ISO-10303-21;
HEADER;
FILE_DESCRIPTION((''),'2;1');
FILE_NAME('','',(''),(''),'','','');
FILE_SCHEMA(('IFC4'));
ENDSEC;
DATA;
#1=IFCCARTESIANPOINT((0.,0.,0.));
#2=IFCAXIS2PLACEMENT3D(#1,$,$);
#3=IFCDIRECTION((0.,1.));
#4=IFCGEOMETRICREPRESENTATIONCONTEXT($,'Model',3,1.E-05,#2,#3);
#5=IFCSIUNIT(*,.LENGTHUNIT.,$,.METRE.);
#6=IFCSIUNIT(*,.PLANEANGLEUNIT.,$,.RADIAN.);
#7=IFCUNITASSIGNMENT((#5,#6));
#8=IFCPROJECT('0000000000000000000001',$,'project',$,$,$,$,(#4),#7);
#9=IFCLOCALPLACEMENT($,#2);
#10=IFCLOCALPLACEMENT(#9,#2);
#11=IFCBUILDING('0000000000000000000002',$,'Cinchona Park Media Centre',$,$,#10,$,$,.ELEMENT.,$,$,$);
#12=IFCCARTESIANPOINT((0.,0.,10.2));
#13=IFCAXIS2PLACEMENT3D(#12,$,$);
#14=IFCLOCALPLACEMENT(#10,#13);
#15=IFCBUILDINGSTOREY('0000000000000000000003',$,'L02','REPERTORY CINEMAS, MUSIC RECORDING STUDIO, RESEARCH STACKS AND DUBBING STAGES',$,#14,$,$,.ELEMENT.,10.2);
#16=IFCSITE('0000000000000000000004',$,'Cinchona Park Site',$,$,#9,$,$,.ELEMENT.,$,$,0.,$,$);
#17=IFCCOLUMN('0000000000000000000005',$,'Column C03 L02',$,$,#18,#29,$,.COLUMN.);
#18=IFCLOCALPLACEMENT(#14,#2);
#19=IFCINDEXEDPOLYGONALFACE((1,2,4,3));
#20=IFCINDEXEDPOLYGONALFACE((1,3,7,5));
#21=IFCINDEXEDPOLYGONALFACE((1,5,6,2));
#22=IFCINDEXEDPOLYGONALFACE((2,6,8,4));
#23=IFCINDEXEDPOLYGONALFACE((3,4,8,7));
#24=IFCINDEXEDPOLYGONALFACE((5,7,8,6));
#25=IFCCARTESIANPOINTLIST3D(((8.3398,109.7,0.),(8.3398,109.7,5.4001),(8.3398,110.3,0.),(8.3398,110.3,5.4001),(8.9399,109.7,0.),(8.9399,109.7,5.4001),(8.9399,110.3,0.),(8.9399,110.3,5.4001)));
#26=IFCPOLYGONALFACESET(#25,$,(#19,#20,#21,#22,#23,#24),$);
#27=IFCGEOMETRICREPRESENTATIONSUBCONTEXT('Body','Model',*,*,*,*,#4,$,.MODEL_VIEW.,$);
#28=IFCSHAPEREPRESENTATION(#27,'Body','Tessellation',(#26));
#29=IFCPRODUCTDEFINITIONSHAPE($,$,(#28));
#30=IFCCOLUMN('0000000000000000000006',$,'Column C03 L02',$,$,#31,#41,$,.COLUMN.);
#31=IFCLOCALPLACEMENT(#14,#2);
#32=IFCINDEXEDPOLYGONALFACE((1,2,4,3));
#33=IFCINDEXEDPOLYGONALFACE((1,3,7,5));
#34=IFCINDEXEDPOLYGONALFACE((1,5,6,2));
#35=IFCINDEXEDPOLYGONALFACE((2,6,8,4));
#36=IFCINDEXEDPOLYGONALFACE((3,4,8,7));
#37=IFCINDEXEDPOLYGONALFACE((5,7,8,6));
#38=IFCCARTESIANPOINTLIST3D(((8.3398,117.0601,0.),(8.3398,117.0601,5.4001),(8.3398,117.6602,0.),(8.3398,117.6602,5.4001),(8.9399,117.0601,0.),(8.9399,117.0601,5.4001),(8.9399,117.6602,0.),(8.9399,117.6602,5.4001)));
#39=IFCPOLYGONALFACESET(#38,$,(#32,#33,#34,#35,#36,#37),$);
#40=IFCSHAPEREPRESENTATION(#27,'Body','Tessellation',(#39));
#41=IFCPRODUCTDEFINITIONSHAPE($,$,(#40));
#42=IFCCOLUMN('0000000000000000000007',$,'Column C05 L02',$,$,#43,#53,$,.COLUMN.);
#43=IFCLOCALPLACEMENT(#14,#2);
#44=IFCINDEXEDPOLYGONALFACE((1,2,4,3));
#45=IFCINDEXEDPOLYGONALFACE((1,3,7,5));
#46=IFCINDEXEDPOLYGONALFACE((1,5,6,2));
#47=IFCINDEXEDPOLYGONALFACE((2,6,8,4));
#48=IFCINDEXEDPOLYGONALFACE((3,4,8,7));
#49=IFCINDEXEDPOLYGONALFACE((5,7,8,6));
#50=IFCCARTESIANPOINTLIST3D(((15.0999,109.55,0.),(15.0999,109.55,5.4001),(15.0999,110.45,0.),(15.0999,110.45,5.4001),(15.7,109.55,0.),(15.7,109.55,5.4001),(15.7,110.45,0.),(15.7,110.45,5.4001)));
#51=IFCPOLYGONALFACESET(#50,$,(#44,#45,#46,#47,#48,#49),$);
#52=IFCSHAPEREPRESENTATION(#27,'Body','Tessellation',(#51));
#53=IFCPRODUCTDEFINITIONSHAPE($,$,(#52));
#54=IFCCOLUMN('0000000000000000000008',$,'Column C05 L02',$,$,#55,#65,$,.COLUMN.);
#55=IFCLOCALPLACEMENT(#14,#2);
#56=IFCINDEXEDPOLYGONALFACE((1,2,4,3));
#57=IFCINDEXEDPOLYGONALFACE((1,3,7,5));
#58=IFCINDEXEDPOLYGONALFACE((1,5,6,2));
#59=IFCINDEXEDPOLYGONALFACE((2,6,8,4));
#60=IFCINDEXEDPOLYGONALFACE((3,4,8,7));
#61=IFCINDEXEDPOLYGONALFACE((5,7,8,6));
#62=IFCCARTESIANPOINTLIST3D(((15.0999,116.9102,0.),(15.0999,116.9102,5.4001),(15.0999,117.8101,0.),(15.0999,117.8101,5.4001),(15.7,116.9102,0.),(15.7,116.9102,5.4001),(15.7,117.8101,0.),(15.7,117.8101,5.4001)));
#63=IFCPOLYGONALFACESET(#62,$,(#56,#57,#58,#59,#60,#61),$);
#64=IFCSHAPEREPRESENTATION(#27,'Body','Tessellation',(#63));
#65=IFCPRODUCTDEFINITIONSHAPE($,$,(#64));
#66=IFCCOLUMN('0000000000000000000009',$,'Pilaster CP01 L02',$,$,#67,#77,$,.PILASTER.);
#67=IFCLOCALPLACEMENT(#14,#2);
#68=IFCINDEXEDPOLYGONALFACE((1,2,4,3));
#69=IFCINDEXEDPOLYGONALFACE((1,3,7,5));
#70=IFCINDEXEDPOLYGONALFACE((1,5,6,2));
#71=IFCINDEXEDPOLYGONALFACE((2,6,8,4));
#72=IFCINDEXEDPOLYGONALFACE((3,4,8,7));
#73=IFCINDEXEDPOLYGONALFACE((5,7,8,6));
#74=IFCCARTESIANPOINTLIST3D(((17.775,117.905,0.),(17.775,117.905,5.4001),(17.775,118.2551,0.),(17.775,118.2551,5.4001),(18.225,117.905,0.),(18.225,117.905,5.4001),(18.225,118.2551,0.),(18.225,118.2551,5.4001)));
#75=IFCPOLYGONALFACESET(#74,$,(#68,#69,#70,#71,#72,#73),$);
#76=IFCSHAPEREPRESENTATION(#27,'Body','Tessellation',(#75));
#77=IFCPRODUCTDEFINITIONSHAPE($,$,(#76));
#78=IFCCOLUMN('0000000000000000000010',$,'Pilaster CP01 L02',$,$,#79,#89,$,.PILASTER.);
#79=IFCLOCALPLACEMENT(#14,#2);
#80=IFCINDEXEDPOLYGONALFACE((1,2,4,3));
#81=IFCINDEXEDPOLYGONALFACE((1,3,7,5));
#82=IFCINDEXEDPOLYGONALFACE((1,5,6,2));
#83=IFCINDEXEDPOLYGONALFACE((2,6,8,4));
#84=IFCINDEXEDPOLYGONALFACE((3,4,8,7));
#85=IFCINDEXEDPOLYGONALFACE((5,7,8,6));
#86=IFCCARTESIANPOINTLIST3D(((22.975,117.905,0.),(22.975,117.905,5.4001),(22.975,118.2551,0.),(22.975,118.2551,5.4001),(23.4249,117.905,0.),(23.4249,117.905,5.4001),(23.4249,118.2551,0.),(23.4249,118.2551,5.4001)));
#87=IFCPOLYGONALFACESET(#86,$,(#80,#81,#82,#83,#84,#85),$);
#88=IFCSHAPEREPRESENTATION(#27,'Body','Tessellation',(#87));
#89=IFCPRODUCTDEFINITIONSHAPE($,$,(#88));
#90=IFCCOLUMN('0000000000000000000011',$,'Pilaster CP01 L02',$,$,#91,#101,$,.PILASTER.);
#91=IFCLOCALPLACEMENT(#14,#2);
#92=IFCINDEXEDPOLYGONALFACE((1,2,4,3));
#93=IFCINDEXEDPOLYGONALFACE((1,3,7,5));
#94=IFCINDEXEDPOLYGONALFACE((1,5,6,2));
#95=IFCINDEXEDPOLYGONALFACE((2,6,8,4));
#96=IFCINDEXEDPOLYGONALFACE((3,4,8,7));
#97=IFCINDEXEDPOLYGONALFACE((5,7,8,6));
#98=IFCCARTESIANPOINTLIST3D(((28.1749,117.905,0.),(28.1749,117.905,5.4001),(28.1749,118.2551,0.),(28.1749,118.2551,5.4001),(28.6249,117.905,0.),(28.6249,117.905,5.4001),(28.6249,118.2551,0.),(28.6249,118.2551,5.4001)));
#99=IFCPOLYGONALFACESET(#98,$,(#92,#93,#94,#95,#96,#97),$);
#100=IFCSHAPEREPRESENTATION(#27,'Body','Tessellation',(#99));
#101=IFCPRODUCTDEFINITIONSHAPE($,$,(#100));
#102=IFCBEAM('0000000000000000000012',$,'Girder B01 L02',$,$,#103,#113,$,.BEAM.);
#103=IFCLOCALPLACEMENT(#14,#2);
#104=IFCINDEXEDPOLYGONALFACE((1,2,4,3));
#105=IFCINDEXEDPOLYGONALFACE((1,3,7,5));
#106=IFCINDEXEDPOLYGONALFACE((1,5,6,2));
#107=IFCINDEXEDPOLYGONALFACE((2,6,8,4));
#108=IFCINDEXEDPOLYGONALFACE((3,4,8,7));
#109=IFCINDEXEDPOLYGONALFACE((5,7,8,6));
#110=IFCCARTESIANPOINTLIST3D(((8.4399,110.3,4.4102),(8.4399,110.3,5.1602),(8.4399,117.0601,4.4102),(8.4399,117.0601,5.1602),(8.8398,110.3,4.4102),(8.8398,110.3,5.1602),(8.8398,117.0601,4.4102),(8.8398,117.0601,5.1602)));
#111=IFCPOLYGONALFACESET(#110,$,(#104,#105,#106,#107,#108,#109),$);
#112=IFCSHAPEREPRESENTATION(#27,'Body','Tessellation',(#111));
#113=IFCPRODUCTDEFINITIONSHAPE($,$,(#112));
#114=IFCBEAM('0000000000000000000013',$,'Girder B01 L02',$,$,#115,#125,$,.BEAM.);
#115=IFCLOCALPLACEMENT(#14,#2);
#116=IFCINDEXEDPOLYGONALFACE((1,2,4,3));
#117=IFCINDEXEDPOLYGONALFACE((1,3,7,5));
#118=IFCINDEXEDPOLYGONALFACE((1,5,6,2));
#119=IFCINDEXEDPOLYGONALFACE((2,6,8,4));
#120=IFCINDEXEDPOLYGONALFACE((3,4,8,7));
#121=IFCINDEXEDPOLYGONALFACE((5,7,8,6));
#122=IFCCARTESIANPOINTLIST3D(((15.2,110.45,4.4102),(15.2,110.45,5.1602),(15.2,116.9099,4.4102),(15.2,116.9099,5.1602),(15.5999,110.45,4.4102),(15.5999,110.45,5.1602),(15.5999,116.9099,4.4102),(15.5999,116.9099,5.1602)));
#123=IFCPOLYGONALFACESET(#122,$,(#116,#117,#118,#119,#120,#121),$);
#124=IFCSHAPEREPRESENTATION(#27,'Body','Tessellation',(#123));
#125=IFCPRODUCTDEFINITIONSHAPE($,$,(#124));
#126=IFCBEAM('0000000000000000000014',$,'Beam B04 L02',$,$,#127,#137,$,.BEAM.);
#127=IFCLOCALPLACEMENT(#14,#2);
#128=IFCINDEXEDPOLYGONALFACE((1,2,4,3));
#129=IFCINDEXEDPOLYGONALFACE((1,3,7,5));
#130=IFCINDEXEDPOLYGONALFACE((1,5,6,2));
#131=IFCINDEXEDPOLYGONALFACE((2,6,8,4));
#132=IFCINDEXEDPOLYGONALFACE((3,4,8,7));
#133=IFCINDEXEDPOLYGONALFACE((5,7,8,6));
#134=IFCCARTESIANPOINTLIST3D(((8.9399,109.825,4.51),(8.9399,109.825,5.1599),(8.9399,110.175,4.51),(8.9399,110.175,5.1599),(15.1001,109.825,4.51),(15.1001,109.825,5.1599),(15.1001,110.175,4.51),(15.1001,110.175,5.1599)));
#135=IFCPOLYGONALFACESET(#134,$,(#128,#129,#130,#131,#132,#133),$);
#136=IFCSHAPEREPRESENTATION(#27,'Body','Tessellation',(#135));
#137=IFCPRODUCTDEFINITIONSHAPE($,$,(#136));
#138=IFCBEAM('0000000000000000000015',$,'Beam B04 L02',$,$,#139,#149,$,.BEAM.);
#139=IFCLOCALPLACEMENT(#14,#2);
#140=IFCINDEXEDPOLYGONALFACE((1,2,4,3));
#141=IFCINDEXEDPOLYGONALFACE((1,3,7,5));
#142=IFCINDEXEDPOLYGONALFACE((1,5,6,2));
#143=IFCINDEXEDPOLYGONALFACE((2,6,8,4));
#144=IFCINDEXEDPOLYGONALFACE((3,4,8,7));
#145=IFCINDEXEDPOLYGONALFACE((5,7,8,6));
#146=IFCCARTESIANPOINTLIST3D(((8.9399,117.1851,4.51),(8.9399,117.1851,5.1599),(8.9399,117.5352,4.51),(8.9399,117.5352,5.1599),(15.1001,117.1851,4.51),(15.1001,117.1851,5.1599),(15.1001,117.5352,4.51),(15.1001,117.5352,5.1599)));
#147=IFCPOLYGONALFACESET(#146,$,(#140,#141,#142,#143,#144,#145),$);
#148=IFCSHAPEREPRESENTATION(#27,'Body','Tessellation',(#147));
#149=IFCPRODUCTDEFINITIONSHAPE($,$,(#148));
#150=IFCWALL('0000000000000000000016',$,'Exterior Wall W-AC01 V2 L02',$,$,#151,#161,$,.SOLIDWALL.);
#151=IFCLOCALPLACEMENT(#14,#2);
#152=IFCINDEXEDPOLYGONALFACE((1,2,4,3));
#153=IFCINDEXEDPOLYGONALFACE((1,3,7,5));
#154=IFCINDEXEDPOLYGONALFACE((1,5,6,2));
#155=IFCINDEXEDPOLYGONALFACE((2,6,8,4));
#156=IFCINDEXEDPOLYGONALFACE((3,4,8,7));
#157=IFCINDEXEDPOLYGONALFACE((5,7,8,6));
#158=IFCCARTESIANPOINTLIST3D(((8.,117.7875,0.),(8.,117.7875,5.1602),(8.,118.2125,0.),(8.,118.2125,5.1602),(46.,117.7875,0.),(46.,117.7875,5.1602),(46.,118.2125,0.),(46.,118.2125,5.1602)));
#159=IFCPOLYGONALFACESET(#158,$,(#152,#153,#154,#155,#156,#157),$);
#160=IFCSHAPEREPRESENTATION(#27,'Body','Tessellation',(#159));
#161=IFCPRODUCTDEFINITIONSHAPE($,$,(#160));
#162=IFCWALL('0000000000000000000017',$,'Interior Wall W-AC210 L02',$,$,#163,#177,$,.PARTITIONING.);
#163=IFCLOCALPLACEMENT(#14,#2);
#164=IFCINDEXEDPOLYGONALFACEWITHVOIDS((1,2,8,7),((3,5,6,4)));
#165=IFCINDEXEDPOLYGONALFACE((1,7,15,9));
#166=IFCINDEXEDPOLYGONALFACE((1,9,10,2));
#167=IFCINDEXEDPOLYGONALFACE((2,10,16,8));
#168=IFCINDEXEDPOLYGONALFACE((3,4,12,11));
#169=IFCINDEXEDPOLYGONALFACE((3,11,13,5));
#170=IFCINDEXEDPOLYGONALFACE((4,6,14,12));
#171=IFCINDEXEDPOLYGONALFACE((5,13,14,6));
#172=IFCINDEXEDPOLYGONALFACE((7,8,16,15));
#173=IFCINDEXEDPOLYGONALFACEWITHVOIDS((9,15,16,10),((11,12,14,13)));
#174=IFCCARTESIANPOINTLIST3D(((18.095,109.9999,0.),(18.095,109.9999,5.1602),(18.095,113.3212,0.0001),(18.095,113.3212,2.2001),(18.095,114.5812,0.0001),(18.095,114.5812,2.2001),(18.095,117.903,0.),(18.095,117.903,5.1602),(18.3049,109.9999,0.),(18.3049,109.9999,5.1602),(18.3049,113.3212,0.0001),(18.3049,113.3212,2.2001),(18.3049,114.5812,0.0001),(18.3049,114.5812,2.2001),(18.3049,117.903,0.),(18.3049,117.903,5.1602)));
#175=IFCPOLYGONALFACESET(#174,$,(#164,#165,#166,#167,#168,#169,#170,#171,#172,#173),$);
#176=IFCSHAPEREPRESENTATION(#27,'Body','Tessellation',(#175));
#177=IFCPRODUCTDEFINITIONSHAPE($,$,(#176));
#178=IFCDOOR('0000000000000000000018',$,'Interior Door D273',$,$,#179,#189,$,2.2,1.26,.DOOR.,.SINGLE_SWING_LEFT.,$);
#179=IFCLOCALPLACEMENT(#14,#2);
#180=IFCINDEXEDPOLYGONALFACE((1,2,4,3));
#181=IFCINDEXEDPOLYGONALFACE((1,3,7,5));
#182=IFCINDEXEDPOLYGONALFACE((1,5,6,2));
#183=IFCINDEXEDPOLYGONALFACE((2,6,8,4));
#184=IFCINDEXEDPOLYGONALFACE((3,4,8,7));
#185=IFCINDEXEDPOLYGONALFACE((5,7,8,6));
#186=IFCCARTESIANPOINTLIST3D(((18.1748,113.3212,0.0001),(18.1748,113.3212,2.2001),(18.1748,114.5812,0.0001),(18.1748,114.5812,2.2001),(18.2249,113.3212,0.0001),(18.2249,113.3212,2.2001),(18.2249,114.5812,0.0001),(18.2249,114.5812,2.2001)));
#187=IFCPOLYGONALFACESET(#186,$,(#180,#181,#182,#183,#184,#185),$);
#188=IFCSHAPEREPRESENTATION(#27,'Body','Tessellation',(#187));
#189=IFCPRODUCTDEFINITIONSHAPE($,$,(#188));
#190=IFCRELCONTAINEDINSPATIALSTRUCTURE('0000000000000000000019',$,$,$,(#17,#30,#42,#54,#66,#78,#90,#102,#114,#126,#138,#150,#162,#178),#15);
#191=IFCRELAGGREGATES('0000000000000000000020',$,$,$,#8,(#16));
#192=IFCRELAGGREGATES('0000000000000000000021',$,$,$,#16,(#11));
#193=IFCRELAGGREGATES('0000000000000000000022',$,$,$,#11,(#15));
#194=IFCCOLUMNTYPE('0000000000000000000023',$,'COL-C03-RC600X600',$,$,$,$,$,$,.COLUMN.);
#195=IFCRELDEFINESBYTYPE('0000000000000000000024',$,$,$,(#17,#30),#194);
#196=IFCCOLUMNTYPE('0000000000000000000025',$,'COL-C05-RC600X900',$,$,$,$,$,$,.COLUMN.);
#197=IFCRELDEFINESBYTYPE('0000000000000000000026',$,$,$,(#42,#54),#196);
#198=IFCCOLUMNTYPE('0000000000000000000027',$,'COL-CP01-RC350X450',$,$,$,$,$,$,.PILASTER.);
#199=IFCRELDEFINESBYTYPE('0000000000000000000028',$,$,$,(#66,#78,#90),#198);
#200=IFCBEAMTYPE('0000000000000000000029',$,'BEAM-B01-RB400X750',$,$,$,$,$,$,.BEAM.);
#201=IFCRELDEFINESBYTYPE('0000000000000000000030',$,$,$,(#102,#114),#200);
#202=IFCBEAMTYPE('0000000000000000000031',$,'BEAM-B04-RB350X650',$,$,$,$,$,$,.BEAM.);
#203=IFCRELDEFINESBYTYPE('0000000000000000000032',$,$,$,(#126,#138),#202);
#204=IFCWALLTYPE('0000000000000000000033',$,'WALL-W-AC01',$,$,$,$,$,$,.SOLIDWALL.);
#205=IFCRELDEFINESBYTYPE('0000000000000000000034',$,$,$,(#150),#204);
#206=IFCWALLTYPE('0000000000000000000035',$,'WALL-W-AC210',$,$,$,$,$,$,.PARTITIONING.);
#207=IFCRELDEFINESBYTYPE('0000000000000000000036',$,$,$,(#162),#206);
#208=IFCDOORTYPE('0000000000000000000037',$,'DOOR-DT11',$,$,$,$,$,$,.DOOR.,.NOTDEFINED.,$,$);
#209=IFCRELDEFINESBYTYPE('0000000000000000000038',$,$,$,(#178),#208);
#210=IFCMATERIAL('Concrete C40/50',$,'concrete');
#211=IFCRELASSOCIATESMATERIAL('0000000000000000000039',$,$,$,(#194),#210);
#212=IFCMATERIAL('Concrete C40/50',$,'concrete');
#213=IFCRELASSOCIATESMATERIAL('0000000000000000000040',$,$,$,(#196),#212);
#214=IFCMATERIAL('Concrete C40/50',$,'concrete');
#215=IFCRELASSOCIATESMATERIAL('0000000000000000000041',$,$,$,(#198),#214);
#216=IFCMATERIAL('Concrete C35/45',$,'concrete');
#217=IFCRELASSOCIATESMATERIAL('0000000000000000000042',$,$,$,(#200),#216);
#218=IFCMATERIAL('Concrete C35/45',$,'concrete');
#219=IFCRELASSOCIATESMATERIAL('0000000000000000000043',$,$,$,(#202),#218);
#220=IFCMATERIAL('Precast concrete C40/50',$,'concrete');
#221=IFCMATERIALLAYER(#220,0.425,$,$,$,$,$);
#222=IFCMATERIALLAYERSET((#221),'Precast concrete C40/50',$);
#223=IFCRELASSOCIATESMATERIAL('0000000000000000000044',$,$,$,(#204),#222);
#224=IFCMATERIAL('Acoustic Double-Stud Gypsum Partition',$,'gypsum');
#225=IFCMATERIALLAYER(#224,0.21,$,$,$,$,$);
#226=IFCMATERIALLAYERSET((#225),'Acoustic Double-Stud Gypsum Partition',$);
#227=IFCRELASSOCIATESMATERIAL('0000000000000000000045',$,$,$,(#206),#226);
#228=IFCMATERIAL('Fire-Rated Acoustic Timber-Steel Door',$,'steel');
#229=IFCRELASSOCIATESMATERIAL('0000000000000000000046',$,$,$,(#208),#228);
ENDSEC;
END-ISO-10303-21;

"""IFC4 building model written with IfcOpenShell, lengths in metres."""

from ifc_helpers import new_model, si_unit, direction, frame, frame_2d, origin, origin_2d, place, context, subcontext, project, spatial, rectangle, extrude, material, layer, layer_set, material_profile, profile_set, type_object, element, fill, save


model = new_model("IFC4")

# Units and contexts
model_context = context("Model", 3, precision=1e-05, world=origin(), true_north=direction((0.0, 1.0)))
body_context = subcontext(model_context, "Body", "Model", "MODEL_VIEW")
ifc_project = project(units=[si_unit("LENGTHUNIT", "METRE"), si_unit("PLANEANGLEUNIT", "RADIAN")], contexts=[model_context])

# Site, building, storey
site_placement = place(None, origin())
site = spatial("IfcSite", under=ifc_project, at=site_placement, Name="Cinchona Park Site", CompositionType="ELEMENT", RefElevation=0.0)
building_placement = place(site_placement, origin())
building = spatial("IfcBuilding", under=site, at=building_placement, Name="Cinchona Park Media Centre", CompositionType="ELEMENT")
storey_placement = place(building_placement, frame((0.0, 0.0, 10.2)))
storey = spatial("IfcBuildingStorey", under=building, at=storey_placement, Name="L02", Description="REPERTORY CINEMAS, MUSIC RECORDING STUDIO, RESEARCH STACKS AND DUBBING STAGES", CompositionType="ELEMENT", Elevation=10.2)

# Columns
ifc_material_1 = material(Name="Concrete C40/50", Category="concrete")
ifc_material_profile_1 = material_profile(ifc_material_1, rectangle(XDim=0.6001, YDim=0.6001, at=origin_2d()), Name="RC 600X600")
ifc_profile_set_1 = profile_set([ifc_material_profile_1], Name="Concrete C40/50")
column_type_1 = type_object("IfcColumnType", Name="COL-C03-RC600X600", PredefinedType="COLUMN", material=ifc_profile_set_1)
for number, where, z_axis, x_axis, name in (
    (1, (8.6399, 110.0, 0.0), (0.0, 0.0, 1.0), (1.0, 0.0, 0.0), "Column C03 L02"),
    (2, (8.6399, 117.3601, 0.0), (0.0, 0.0, 1.0), (1.0, 0.0, 0.0), "Column C03 L02"),
):
    element("IfcColumn", number, at=place(storey_placement, frame(where, z_axis=z_axis, x_axis=x_axis)), inside=storey, type_object=column_type_1, Name=name, PredefinedType="COLUMN", context=body_context, shape_type="SweptSolid", body=[
        extrude(rectangle(XDim=0.6001, YDim=0.6001, at=origin_2d()), origin(), (0.0, 0.0, 1.0), 5.4001),
    ])
ifc_material_2 = material(Name="Concrete C40/50", Category="concrete")
ifc_material_profile_2 = material_profile(ifc_material_2, rectangle(XDim=0.6001, YDim=0.8999, at=origin_2d()), Name="RC 600X900")
ifc_profile_set_2 = profile_set([ifc_material_profile_2], Name="Concrete C40/50")
column_type_2 = type_object("IfcColumnType", Name="COL-C05-RC600X900", PredefinedType="COLUMN", material=ifc_profile_set_2)
for number, where, z_axis, x_axis, name in (
    (3, (15.3999, 110.0, 0.0), (0.0, 0.0, 1.0), (1.0, 0.0, 0.0), "Column C05 L02"),
    (4, (15.3999, 117.3601, 0.0), (0.0, 0.0, 1.0), (1.0, 0.0, 0.0), "Column C05 L02"),
):
    element("IfcColumn", number, at=place(storey_placement, frame(where, z_axis=z_axis, x_axis=x_axis)), inside=storey, type_object=column_type_2, Name=name, PredefinedType="COLUMN", context=body_context, shape_type="SweptSolid", body=[
        extrude(rectangle(XDim=0.6001, YDim=0.8999, at=origin_2d()), origin(), (0.0, 0.0, 1.0), 5.4001),
    ])
ifc_material_3 = material(Name="Concrete C40/50", Category="concrete")
ifc_material_profile_3 = material_profile(ifc_material_3, rectangle(XDim=0.3501, YDim=0.45, at=origin_2d()), Name="RC 350X450")
ifc_profile_set_3 = profile_set([ifc_material_profile_3], Name="Concrete C40/50")
column_type_3 = type_object("IfcColumnType", Name="COL-CP01-RC350X450", PredefinedType="PILASTER", material=ifc_profile_set_3)
for number, where, z_axis, x_axis, name in (
    (5, (18.0, 118.0801, 0.0), (0.0, 0.0, 1.0), (0.0, 1.0, 0.0), "Pilaster CP01 L02"),
    (6, (23.2, 118.0801, 0.0), (0.0, 0.0, 1.0), (0.0, 1.0, 0.0), "Pilaster CP01 L02"),
    (7, (28.3999, 118.0801, 0.0), (0.0, 0.0, 1.0), (0.0, 1.0, 0.0), "Pilaster CP01 L02"),
):
    element("IfcColumn", number, at=place(storey_placement, frame(where, z_axis=z_axis, x_axis=x_axis)), inside=storey, type_object=column_type_3, Name=name, PredefinedType="PILASTER", context=body_context, shape_type="SweptSolid", body=[
        extrude(rectangle(XDim=0.3501, YDim=0.45, at=origin_2d()), origin(), (0.0, 0.0, 1.0), 5.4001),
    ])

# Beams
ifc_material_4 = material(Name="Concrete C35/45", Category="concrete")
ifc_material_profile_4 = material_profile(ifc_material_4, rectangle(XDim=0.3999, YDim=0.75, at=origin_2d()), Name="RB 400X750")
ifc_profile_set_4 = profile_set([ifc_material_profile_4], Name="Concrete C35/45")
beam_type_1 = type_object("IfcBeamType", Name="BEAM-B01-RB400X750", PredefinedType="BEAM", material=ifc_profile_set_4)
beam_1_placement = place(storey_placement, frame((8.6399, 110.3, 4.7852), z_axis=(0.0, 1.0, 0.0), x_axis=(-1.0, 0.0, 0.0)))
element("IfcBeam", 8, at=beam_1_placement, inside=storey, type_object=beam_type_1, Name="Girder B01 L02", PredefinedType="BEAM", context=body_context, shape_type="SweptSolid", body=[
    extrude(rectangle(XDim=0.3999, YDim=0.75, at=origin_2d()), origin(), (0.0, 0.0, 1.0), 6.76),
])
beam_2_placement = place(storey_placement, frame((15.3999, 110.45, 4.7852), z_axis=(0.0, 1.0, 0.0), x_axis=(-1.0, 0.0, 0.0)))
element("IfcBeam", 9, at=beam_2_placement, inside=storey, type_object=beam_type_1, Name="Girder B01 L02", PredefinedType="BEAM", context=body_context, shape_type="SweptSolid", body=[
    extrude(rectangle(XDim=0.3999, YDim=0.75, at=origin_2d()), origin(), (0.0, 0.0, 1.0), 6.46),
])
ifc_material_5 = material(Name="Concrete C35/45", Category="concrete")
ifc_material_profile_5 = material_profile(ifc_material_5, rectangle(XDim=0.3501, YDim=0.6499, at=origin_2d()), Name="RB 350X650")
ifc_profile_set_5 = profile_set([ifc_material_profile_5], Name="Concrete C35/45")
beam_type_2 = type_object("IfcBeamType", Name="BEAM-B04-RB350X650", PredefinedType="BEAM", material=ifc_profile_set_5)
for number, where, z_axis, x_axis, name in (
    (10, (8.9399, 110.0, 4.835), (1.0, 0.0, 0.0), (0.0, 1.0, 0.0), "Beam B04 L02"),
    (11, (8.9399, 117.3601, 4.835), (1.0, 0.0, 0.0), (0.0, 1.0, 0.0), "Beam B04 L02"),
):
    element("IfcBeam", number, at=place(storey_placement, frame(where, z_axis=z_axis, x_axis=x_axis)), inside=storey, type_object=beam_type_2, Name=name, PredefinedType="BEAM", context=body_context, shape_type="SweptSolid", body=[
        extrude(rectangle(XDim=0.3501, YDim=0.6499, at=origin_2d()), origin(), (0.0, 0.0, 1.0), 6.1602),
    ])

# Wall
ifc_material_6 = material(Name="Precast concrete C40/50", Category="concrete")
ifc_layer_1 = layer(ifc_material_6, 0.425)
ifc_layer_set_1 = layer_set([ifc_layer_1], Name="Precast concrete C40/50")
wall_type_1 = type_object("IfcWallType", Name="WALL-W-AC01", PredefinedType="SOLIDWALL", material=ifc_layer_set_1)
wall_1_placement = place(storey_placement, frame((8.0, 118.0, 0.0), z_axis=(0.0, 0.0, 1.0), x_axis=(1.0, 0.0, 0.0)))
element("IfcWall", 12, at=wall_1_placement, inside=storey, type_object=wall_type_1, Name="Exterior Wall W-AC01 V2 L02", PredefinedType="SOLIDWALL", context=body_context, shape_type="SweptSolid", body=[
    extrude(rectangle(XDim=38.0, YDim=0.425, at=frame_2d((19.0, 0.0))), origin(), (0.0, 0.0, 1.0), 5.1602),
])

# Wall, opening, door
ifc_material_7 = material(Name="Acoustic Double-Stud Gypsum Partition", Category="gypsum")
ifc_layer_2 = layer(ifc_material_7, 0.21)
ifc_layer_set_2 = layer_set([ifc_layer_2], Name="Acoustic Double-Stud Gypsum Partition")
wall_type_2 = type_object("IfcWallType", Name="WALL-W-AC210", PredefinedType="PARTITIONING", material=ifc_layer_set_2)
wall_2_placement = place(storey_placement, frame((18.2, 117.9031, 0.0), z_axis=(0.0, 0.0, 1.0), x_axis=(0.0, -1.0, 0.0)))
wall_2 = element("IfcWall", 13, at=wall_2_placement, inside=storey, type_object=wall_type_2, Name="Interior Wall W-AC210 L02", PredefinedType="PARTITIONING", context=body_context, shape_type="SweptSolid", body=[
    extrude(rectangle(XDim=7.9031, YDim=0.21, at=frame_2d((3.9517, 0.0))), origin(), (0.0, 0.0, 1.0), 5.1602),
])
opening_1_placement = place(wall_2_placement, frame((3.322, 0.0, 0.0)))
opening_1 = element("IfcOpeningElement", 14, at=opening_1_placement, cuts=wall_2, PredefinedType="OPENING", context=body_context, shape_type="SweptSolid", body=[
    extrude(rectangle(XDim=1.26, YDim=2.2, at=frame_2d((0.6299, 1.1001))), frame((0.0, 0.115, 0.0), z_axis=(0.0, -1.0, 0.0), x_axis=(1.0, 0.0, 0.0)), (0.0, 0.0, 1.0), 0.23),
])
ifc_material_8 = material(Name="Fire-Rated Acoustic Timber-Steel Door", Category="steel")
door_type_1 = type_object("IfcDoorType", Name="DOOR-DT11", OperationType="NOTDEFINED", PredefinedType="DOOR", material=ifc_material_8)
door_1_placement = place(opening_1_placement, origin())
door_1 = element("IfcDoor", 15, at=door_1_placement, inside=storey, type_object=door_type_1, Name="Interior Door D273", OperationType="SINGLE_SWING_LEFT", OverallHeight=2.2, OverallWidth=1.26, PredefinedType="DOOR", context=body_context, shape_type="SweptSolid", body=[
    extrude(rectangle(XDim=1.26, YDim=2.2, at=frame_2d((0.6299, 1.1001))), frame((0.0, 0.0249, 0.0), z_axis=(0.0, -1.0, 0.0), x_axis=(1.0, 0.0, 0.0)), (0.0, 0.0, 1.0), 0.05),
])
fill(opening_1, door_1)

save(model, "model.ifc")
